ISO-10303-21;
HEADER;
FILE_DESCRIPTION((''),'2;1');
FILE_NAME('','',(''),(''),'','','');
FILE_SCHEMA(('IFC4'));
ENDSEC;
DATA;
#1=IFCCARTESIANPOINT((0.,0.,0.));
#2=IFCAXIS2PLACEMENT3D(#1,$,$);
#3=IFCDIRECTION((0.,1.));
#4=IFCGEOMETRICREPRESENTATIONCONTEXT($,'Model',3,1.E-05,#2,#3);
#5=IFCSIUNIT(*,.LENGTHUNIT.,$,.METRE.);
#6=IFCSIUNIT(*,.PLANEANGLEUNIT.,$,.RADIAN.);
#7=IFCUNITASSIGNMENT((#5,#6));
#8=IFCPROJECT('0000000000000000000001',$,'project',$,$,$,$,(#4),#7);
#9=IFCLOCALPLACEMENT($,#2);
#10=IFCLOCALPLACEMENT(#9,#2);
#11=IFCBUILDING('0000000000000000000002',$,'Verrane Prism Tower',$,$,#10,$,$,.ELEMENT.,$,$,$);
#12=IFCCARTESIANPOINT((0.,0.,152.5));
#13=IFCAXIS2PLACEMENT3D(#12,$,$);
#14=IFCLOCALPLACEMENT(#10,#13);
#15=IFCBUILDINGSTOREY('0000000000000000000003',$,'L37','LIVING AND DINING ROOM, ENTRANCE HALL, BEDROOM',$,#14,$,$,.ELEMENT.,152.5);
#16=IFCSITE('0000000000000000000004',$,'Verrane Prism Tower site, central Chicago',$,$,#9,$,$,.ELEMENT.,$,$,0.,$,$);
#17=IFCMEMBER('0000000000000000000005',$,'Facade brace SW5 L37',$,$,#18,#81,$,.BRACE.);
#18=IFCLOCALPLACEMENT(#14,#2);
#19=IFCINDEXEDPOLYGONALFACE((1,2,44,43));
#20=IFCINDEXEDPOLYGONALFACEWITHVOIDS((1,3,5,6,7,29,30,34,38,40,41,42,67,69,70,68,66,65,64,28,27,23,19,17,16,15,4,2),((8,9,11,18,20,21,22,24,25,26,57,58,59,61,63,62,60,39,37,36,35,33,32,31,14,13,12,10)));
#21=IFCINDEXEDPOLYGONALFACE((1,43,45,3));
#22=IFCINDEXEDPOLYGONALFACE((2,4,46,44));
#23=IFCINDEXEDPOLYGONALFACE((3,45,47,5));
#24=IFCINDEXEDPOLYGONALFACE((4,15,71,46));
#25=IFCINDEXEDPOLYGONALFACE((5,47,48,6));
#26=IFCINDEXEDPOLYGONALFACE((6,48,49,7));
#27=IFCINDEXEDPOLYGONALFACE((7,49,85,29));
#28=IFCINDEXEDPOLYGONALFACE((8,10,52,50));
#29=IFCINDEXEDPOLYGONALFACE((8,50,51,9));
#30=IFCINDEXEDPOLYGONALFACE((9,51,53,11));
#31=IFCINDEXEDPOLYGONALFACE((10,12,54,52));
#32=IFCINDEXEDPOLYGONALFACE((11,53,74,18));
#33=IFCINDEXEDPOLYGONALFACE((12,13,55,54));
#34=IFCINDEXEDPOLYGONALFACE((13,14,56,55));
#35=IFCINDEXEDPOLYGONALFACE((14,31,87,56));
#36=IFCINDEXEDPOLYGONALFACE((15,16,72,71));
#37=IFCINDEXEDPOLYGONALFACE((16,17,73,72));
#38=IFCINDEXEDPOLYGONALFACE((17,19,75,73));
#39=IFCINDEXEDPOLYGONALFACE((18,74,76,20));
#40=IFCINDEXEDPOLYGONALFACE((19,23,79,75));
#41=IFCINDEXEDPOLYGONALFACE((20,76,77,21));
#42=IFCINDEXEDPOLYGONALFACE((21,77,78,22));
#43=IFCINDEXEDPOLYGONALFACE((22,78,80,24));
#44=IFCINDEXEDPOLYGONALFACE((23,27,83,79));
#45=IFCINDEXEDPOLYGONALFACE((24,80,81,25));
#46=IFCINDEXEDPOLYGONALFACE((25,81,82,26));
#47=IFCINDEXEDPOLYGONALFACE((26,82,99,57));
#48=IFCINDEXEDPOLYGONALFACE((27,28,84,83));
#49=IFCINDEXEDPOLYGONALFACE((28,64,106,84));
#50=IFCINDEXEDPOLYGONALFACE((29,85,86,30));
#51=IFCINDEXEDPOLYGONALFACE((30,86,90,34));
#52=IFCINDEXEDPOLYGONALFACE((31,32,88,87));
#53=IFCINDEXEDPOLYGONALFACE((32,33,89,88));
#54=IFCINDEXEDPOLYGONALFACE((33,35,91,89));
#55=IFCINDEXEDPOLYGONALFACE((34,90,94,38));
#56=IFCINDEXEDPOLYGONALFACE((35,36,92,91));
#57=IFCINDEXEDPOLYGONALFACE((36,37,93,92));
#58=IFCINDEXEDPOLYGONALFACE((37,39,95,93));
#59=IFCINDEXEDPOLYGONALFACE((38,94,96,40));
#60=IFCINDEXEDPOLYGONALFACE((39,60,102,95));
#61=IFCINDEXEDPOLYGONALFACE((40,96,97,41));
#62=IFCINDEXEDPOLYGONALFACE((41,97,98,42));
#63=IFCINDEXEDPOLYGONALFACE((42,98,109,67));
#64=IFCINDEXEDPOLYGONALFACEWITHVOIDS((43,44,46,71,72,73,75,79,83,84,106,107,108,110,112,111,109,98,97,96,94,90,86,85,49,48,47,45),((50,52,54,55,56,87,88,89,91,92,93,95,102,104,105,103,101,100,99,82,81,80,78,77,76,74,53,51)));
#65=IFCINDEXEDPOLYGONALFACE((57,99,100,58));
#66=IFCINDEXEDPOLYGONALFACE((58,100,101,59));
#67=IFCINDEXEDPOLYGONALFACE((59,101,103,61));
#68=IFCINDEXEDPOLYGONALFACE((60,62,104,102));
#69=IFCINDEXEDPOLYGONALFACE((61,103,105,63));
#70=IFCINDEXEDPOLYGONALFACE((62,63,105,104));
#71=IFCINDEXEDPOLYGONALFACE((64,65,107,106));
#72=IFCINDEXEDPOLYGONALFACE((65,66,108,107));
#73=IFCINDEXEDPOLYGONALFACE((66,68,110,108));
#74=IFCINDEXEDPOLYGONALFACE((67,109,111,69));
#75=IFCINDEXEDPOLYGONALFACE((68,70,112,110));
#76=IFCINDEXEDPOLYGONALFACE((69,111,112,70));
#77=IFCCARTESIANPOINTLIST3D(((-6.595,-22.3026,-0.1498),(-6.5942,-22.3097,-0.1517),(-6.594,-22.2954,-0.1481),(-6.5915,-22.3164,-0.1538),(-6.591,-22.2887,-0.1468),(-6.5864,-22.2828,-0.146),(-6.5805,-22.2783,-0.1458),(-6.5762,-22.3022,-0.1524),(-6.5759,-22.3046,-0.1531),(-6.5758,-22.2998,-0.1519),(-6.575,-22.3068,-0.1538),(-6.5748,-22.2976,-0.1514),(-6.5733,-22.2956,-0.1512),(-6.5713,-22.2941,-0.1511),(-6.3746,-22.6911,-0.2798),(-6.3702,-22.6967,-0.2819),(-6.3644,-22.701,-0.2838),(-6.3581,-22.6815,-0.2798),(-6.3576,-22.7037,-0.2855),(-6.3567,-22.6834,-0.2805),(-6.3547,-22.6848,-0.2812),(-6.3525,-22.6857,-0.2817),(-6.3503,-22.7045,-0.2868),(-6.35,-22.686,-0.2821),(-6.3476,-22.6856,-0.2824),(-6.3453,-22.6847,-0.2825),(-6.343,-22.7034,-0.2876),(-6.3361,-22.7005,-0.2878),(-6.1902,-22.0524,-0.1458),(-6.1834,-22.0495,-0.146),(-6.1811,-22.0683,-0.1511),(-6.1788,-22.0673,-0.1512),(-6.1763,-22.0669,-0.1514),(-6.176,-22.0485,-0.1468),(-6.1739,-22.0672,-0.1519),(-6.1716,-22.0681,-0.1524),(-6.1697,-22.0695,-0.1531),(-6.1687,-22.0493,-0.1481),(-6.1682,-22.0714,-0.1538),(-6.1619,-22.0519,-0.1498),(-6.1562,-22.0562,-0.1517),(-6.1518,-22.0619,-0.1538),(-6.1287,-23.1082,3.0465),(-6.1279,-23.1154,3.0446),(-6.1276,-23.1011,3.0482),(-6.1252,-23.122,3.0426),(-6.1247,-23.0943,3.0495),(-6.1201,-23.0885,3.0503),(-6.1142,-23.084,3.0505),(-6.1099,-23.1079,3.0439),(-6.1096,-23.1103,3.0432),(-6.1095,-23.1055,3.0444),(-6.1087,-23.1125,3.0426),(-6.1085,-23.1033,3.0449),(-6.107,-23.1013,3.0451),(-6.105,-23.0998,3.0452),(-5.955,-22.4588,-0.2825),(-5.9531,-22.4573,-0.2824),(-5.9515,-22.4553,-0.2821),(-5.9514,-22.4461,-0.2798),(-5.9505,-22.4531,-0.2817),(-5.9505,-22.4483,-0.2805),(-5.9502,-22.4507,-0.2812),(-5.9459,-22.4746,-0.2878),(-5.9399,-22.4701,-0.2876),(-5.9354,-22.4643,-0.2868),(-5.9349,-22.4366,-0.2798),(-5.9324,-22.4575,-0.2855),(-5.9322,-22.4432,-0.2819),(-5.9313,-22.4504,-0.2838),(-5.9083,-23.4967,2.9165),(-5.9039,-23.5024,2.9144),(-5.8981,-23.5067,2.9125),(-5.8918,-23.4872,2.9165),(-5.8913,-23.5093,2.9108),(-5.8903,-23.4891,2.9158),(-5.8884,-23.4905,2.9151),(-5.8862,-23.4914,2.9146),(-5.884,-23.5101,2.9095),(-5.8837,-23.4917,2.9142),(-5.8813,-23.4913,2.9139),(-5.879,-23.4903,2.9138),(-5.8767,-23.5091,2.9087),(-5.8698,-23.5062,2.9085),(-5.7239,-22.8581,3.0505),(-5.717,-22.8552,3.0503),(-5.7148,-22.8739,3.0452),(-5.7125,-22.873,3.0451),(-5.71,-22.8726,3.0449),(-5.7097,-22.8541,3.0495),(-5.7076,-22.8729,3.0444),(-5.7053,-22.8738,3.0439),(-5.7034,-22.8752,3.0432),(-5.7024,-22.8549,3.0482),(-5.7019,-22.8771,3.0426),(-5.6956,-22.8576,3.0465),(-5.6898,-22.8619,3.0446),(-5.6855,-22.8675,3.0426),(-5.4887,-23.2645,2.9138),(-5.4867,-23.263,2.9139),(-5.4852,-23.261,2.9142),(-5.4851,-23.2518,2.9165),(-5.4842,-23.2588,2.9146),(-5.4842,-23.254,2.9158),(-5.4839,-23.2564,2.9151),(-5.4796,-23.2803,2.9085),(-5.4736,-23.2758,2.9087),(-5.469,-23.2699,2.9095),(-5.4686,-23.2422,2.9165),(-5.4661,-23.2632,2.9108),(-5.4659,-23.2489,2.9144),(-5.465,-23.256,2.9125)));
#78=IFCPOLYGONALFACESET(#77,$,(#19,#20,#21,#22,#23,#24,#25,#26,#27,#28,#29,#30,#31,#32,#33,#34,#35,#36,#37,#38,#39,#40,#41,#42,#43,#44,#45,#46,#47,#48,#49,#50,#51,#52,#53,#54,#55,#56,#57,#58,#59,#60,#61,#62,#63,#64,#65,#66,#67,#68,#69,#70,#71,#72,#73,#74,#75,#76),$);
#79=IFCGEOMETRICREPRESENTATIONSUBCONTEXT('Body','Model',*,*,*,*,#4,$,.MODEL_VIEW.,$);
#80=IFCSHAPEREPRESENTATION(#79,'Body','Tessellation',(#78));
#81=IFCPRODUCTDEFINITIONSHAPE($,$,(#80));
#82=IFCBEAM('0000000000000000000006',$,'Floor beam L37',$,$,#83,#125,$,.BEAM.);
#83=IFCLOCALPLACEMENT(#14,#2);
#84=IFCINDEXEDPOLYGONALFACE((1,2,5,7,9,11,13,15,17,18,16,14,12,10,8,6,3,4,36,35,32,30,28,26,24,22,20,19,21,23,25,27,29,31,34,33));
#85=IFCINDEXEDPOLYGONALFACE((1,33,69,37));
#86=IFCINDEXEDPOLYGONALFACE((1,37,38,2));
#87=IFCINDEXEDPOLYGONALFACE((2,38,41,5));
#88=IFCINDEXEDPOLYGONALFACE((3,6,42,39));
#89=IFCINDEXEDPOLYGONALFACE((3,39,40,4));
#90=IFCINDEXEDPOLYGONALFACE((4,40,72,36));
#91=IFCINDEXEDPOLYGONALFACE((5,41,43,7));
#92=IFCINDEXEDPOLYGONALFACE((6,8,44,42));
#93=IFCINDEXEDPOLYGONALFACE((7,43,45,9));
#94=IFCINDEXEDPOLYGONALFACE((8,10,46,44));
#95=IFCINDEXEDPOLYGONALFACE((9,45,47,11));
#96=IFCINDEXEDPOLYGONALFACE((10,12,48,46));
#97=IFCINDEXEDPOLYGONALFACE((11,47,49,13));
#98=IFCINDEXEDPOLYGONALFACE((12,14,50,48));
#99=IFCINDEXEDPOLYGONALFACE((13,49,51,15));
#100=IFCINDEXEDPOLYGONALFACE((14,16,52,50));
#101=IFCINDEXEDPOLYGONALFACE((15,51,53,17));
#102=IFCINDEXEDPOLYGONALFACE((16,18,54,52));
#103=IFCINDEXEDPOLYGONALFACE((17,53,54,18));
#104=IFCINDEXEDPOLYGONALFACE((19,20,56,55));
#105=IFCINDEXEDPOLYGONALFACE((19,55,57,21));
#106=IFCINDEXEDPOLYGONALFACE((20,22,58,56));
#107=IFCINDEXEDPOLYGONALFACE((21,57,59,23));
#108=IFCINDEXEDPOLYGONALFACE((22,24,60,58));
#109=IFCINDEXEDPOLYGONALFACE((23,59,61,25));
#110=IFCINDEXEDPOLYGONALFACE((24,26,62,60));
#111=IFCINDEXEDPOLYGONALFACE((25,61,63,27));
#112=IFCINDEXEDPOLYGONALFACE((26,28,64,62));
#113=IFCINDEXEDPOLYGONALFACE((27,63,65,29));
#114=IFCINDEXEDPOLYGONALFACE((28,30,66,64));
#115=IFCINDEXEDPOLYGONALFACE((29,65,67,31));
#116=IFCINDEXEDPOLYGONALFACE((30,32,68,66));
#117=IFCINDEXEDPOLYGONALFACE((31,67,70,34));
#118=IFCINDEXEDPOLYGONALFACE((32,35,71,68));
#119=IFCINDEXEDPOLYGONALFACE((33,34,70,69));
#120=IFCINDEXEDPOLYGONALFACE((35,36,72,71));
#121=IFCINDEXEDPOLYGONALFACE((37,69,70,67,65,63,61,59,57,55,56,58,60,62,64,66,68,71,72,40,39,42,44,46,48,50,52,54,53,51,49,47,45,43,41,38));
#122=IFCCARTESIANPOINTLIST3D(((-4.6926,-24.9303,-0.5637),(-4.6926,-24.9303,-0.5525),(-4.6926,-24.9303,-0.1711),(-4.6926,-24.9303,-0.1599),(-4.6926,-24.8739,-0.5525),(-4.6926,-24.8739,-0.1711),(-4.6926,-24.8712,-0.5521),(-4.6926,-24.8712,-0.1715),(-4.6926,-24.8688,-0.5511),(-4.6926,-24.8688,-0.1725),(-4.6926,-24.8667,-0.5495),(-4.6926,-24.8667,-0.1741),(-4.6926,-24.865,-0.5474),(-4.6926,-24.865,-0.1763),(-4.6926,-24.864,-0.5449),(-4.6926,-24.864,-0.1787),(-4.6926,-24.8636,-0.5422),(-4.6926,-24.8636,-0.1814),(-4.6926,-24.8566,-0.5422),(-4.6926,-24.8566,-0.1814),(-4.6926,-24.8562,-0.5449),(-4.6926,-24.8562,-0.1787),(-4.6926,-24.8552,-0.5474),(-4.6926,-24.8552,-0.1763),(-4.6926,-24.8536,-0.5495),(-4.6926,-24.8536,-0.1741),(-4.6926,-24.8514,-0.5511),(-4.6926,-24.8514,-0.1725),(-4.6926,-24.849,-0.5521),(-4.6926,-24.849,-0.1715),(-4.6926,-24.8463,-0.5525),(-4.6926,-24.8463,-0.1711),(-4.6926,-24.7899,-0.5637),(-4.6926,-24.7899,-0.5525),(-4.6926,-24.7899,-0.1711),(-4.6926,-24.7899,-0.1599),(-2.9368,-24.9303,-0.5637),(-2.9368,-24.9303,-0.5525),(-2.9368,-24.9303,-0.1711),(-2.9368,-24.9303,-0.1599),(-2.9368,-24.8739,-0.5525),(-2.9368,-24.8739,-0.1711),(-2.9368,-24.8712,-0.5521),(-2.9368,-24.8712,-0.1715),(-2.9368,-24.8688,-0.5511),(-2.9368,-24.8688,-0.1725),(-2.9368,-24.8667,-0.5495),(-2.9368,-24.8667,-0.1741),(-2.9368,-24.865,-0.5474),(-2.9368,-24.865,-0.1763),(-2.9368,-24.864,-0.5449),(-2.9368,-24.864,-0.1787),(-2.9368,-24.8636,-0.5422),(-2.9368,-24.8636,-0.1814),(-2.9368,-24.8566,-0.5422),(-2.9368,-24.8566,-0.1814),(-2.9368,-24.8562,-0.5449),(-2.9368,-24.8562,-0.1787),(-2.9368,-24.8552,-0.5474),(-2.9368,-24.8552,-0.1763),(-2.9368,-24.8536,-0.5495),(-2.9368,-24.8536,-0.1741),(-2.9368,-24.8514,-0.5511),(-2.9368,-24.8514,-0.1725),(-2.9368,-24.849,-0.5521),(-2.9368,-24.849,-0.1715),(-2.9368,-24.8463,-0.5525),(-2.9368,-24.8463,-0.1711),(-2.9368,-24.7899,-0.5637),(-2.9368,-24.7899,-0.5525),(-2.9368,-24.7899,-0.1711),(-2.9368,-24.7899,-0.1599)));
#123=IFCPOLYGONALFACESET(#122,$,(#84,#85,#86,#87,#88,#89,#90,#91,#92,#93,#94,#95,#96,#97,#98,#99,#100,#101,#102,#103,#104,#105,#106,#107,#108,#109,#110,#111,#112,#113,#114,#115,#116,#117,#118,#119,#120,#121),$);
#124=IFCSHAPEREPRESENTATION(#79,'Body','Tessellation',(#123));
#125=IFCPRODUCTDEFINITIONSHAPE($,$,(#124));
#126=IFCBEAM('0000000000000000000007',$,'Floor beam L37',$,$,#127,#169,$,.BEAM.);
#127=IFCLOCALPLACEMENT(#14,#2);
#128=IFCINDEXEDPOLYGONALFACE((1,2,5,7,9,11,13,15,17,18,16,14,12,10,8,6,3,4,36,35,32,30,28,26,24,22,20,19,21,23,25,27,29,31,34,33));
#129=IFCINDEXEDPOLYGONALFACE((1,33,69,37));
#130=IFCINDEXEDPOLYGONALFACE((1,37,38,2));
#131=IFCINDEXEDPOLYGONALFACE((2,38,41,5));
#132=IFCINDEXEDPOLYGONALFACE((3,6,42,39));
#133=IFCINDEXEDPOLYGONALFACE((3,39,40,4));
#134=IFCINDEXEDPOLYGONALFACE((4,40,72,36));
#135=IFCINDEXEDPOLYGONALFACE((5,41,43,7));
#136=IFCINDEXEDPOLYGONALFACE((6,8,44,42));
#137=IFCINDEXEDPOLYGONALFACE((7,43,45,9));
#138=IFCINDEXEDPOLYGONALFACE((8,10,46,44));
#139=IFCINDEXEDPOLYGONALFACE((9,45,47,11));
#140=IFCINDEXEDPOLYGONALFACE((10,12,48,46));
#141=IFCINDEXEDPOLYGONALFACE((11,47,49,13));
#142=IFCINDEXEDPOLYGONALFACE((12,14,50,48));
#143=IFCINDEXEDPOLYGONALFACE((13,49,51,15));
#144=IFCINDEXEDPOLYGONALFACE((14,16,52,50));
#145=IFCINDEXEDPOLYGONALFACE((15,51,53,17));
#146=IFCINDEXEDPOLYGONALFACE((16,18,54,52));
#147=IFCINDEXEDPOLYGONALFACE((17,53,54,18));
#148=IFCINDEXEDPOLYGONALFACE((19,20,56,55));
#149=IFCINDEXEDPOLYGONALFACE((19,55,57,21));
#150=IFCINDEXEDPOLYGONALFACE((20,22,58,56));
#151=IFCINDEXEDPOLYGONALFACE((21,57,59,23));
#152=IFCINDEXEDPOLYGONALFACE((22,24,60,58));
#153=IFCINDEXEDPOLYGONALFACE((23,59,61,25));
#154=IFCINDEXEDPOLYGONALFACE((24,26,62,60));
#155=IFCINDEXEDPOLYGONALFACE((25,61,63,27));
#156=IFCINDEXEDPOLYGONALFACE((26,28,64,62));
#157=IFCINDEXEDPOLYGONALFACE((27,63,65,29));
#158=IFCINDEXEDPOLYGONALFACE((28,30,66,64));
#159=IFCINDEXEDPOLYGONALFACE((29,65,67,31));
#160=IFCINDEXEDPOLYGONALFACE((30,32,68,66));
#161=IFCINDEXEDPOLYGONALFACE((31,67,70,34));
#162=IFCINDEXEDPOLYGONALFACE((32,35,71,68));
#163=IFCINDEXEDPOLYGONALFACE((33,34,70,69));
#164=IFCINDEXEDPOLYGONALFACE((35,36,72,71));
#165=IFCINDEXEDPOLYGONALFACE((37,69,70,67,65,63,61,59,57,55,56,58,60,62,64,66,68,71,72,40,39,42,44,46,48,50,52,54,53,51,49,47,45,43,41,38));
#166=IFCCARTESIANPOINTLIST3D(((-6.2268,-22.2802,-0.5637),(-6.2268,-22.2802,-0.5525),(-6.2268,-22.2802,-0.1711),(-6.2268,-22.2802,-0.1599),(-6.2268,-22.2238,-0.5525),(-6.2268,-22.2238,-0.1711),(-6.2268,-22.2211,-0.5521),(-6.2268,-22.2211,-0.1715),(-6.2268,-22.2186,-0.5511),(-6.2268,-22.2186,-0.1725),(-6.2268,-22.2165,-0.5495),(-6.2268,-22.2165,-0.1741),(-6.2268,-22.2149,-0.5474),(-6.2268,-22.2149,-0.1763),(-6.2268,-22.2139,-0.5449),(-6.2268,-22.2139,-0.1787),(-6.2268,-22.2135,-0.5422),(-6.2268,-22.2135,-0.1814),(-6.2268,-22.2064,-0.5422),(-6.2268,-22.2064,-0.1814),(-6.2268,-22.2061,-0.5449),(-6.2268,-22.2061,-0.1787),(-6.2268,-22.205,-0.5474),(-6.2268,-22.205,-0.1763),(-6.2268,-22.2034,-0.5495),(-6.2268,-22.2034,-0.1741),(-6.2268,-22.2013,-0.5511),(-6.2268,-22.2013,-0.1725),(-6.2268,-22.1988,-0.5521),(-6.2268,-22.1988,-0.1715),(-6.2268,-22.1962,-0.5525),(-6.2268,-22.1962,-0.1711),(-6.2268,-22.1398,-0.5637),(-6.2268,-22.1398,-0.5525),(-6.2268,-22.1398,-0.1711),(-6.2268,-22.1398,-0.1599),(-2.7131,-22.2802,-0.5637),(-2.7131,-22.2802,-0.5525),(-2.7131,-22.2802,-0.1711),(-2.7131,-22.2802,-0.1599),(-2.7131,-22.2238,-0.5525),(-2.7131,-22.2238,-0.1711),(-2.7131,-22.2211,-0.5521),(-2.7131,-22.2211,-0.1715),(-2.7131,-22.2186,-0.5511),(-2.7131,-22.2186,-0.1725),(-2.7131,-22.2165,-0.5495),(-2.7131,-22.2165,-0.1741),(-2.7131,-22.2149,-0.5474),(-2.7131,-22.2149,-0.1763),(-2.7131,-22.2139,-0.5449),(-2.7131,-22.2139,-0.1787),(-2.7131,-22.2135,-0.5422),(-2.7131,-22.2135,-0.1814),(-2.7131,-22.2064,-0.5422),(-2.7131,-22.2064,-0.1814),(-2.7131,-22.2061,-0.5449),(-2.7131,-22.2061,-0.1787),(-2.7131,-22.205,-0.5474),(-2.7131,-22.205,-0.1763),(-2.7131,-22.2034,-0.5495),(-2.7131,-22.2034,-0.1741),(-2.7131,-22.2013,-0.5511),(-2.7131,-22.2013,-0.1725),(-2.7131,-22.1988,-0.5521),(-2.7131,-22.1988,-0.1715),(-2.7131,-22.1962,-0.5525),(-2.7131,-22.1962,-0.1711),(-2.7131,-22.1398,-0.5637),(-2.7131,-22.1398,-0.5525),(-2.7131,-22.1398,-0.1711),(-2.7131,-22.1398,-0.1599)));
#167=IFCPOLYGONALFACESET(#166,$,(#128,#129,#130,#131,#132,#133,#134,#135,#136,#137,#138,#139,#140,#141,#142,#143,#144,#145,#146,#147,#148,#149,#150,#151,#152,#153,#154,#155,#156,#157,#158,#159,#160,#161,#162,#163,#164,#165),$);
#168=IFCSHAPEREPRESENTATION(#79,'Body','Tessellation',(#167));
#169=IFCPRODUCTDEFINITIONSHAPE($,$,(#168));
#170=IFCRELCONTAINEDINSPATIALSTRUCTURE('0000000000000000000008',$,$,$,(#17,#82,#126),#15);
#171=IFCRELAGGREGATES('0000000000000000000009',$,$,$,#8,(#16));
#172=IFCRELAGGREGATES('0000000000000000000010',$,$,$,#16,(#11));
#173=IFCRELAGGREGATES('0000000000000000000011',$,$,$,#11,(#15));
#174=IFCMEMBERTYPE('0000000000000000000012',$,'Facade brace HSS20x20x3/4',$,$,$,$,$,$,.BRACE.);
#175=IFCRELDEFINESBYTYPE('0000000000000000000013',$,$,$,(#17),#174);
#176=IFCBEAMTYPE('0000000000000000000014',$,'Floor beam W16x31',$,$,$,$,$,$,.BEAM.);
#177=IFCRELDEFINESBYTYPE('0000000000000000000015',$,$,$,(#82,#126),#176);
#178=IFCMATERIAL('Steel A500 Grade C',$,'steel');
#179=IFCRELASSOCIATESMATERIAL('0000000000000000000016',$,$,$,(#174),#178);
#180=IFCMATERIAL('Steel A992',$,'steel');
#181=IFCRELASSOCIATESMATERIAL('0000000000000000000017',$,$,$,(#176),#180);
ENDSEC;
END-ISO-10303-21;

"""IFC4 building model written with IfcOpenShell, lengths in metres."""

from ifc_helpers import new_model, si_unit, direction, frame, origin, origin_2d, place, context, subcontext, project, spatial, hollow_rectangle, i_section, extrude, material, material_profile, profile_set, type_object, element, save


model = new_model("IFC4")

# Units and contexts
model_context = context("Model", 3, precision=1e-05, world=origin(), true_north=direction((0.0, 1.0)))
body_context = subcontext(model_context, "Body", "Model", "MODEL_VIEW")
ifc_project = project(units=[si_unit("LENGTHUNIT", "METRE"), si_unit("PLANEANGLEUNIT", "RADIAN")], contexts=[model_context])

# Site, building, storey
site_placement = place(None, origin())
site = spatial("IfcSite", under=ifc_project, at=site_placement, Name="Verrane Prism Tower site, central Chicago", CompositionType="ELEMENT", RefElevation=0.0)
building_placement = place(site_placement, origin())
building = spatial("IfcBuilding", under=site, at=building_placement, Name="Verrane Prism Tower", CompositionType="ELEMENT")
storey_placement = place(building_placement, frame((0.0, 0.0, 152.5)))
storey = spatial("IfcBuildingStorey", under=building, at=storey_placement, Name="L37", Description="LIVING AND DINING ROOM, ENTRANCE HALL, BEDROOM", CompositionType="ELEMENT", Elevation=152.5)

# Member
ifc_material_1 = material(Name="Steel A500 Grade C", Category="steel")
ifc_material_profile_1 = material_profile(ifc_material_1, hollow_rectangle(XDim=0.5081, YDim=0.5081, WallThickness=0.019, InnerFilletRadius=0.0095, OuterFilletRadius=0.0286, at=origin_2d()), Name="HSS20x20x3/4")
ifc_profile_set_1 = profile_set([ifc_material_profile_1], Name="Steel A500 Grade C")
member_type_1 = type_object("IfcMemberType", Name="Facade brace HSS20x20x3/4", PredefinedType="BRACE", material=ifc_profile_set_1)
member_1_placement = place(storey_placement, frame((-6.2632, -22.3765, -0.2168), z_axis=(0.140071, -0.242008, 0.960111), x_axis=(0.865486, 0.500933, 0.0)))
element("IfcMember", 1, at=member_1_placement, inside=storey, type_object=member_type_1, Name="Facade brace SW5 L37", PredefinedType="BRACE", context=body_context, shape_type="SweptSolid", body=[
    extrude(hollow_rectangle(XDim=0.5081, YDim=0.5081, WallThickness=0.019, InnerFilletRadius=0.0095, OuterFilletRadius=0.0286, at=origin_2d()), origin(), (0.0, 0.0, 1.0), 3.3291),
])

# Beams
ifc_material_2 = material(Name="Steel A992", Category="steel")
ifc_material_profile_2 = material_profile(ifc_material_2, i_section(OverallWidth=0.1404, OverallDepth=0.4038, WebThickness=0.0071, FlangeThickness=0.0112, FilletRadius=0.0103, at=origin_2d()), Name="W16x31")
ifc_profile_set_2 = profile_set([ifc_material_profile_2], Name="Steel A992")
beam_type_1 = type_object("IfcBeamType", Name="Floor beam W16x31", PredefinedType="BEAM", material=ifc_profile_set_2)
beam_1_placement = place(storey_placement, frame((-4.6926, -24.8601, -0.3618), z_axis=(1.0, 0.0, 0.0), x_axis=(0.0, 1.0, 0.0)))
element("IfcBeam", 2, at=beam_1_placement, inside=storey, type_object=beam_type_1, Name="Floor beam L37", PredefinedType="BEAM", context=body_context, shape_type="SweptSolid", body=[
    extrude(i_section(OverallWidth=0.1404, OverallDepth=0.4038, WebThickness=0.0071, FlangeThickness=0.0112, FilletRadius=0.0103, at=origin_2d()), origin(), (0.0, 0.0, 1.0), 1.7559),
])
beam_2_placement = place(storey_placement, frame((-6.2268, -22.21, -0.3618), z_axis=(1.0, 0.0, 0.0), x_axis=(0.0, 1.0, 0.0)))
element("IfcBeam", 3, at=beam_2_placement, inside=storey, type_object=beam_type_1, Name="Floor beam L37", PredefinedType="BEAM", context=body_context, shape_type="SweptSolid", body=[
    extrude(i_section(OverallWidth=0.1404, OverallDepth=0.4038, WebThickness=0.0071, FlangeThickness=0.0112, FilletRadius=0.0103, at=origin_2d()), origin(), (0.0, 0.0, 1.0), 3.5137),
])

save(model, "model.ifc")
